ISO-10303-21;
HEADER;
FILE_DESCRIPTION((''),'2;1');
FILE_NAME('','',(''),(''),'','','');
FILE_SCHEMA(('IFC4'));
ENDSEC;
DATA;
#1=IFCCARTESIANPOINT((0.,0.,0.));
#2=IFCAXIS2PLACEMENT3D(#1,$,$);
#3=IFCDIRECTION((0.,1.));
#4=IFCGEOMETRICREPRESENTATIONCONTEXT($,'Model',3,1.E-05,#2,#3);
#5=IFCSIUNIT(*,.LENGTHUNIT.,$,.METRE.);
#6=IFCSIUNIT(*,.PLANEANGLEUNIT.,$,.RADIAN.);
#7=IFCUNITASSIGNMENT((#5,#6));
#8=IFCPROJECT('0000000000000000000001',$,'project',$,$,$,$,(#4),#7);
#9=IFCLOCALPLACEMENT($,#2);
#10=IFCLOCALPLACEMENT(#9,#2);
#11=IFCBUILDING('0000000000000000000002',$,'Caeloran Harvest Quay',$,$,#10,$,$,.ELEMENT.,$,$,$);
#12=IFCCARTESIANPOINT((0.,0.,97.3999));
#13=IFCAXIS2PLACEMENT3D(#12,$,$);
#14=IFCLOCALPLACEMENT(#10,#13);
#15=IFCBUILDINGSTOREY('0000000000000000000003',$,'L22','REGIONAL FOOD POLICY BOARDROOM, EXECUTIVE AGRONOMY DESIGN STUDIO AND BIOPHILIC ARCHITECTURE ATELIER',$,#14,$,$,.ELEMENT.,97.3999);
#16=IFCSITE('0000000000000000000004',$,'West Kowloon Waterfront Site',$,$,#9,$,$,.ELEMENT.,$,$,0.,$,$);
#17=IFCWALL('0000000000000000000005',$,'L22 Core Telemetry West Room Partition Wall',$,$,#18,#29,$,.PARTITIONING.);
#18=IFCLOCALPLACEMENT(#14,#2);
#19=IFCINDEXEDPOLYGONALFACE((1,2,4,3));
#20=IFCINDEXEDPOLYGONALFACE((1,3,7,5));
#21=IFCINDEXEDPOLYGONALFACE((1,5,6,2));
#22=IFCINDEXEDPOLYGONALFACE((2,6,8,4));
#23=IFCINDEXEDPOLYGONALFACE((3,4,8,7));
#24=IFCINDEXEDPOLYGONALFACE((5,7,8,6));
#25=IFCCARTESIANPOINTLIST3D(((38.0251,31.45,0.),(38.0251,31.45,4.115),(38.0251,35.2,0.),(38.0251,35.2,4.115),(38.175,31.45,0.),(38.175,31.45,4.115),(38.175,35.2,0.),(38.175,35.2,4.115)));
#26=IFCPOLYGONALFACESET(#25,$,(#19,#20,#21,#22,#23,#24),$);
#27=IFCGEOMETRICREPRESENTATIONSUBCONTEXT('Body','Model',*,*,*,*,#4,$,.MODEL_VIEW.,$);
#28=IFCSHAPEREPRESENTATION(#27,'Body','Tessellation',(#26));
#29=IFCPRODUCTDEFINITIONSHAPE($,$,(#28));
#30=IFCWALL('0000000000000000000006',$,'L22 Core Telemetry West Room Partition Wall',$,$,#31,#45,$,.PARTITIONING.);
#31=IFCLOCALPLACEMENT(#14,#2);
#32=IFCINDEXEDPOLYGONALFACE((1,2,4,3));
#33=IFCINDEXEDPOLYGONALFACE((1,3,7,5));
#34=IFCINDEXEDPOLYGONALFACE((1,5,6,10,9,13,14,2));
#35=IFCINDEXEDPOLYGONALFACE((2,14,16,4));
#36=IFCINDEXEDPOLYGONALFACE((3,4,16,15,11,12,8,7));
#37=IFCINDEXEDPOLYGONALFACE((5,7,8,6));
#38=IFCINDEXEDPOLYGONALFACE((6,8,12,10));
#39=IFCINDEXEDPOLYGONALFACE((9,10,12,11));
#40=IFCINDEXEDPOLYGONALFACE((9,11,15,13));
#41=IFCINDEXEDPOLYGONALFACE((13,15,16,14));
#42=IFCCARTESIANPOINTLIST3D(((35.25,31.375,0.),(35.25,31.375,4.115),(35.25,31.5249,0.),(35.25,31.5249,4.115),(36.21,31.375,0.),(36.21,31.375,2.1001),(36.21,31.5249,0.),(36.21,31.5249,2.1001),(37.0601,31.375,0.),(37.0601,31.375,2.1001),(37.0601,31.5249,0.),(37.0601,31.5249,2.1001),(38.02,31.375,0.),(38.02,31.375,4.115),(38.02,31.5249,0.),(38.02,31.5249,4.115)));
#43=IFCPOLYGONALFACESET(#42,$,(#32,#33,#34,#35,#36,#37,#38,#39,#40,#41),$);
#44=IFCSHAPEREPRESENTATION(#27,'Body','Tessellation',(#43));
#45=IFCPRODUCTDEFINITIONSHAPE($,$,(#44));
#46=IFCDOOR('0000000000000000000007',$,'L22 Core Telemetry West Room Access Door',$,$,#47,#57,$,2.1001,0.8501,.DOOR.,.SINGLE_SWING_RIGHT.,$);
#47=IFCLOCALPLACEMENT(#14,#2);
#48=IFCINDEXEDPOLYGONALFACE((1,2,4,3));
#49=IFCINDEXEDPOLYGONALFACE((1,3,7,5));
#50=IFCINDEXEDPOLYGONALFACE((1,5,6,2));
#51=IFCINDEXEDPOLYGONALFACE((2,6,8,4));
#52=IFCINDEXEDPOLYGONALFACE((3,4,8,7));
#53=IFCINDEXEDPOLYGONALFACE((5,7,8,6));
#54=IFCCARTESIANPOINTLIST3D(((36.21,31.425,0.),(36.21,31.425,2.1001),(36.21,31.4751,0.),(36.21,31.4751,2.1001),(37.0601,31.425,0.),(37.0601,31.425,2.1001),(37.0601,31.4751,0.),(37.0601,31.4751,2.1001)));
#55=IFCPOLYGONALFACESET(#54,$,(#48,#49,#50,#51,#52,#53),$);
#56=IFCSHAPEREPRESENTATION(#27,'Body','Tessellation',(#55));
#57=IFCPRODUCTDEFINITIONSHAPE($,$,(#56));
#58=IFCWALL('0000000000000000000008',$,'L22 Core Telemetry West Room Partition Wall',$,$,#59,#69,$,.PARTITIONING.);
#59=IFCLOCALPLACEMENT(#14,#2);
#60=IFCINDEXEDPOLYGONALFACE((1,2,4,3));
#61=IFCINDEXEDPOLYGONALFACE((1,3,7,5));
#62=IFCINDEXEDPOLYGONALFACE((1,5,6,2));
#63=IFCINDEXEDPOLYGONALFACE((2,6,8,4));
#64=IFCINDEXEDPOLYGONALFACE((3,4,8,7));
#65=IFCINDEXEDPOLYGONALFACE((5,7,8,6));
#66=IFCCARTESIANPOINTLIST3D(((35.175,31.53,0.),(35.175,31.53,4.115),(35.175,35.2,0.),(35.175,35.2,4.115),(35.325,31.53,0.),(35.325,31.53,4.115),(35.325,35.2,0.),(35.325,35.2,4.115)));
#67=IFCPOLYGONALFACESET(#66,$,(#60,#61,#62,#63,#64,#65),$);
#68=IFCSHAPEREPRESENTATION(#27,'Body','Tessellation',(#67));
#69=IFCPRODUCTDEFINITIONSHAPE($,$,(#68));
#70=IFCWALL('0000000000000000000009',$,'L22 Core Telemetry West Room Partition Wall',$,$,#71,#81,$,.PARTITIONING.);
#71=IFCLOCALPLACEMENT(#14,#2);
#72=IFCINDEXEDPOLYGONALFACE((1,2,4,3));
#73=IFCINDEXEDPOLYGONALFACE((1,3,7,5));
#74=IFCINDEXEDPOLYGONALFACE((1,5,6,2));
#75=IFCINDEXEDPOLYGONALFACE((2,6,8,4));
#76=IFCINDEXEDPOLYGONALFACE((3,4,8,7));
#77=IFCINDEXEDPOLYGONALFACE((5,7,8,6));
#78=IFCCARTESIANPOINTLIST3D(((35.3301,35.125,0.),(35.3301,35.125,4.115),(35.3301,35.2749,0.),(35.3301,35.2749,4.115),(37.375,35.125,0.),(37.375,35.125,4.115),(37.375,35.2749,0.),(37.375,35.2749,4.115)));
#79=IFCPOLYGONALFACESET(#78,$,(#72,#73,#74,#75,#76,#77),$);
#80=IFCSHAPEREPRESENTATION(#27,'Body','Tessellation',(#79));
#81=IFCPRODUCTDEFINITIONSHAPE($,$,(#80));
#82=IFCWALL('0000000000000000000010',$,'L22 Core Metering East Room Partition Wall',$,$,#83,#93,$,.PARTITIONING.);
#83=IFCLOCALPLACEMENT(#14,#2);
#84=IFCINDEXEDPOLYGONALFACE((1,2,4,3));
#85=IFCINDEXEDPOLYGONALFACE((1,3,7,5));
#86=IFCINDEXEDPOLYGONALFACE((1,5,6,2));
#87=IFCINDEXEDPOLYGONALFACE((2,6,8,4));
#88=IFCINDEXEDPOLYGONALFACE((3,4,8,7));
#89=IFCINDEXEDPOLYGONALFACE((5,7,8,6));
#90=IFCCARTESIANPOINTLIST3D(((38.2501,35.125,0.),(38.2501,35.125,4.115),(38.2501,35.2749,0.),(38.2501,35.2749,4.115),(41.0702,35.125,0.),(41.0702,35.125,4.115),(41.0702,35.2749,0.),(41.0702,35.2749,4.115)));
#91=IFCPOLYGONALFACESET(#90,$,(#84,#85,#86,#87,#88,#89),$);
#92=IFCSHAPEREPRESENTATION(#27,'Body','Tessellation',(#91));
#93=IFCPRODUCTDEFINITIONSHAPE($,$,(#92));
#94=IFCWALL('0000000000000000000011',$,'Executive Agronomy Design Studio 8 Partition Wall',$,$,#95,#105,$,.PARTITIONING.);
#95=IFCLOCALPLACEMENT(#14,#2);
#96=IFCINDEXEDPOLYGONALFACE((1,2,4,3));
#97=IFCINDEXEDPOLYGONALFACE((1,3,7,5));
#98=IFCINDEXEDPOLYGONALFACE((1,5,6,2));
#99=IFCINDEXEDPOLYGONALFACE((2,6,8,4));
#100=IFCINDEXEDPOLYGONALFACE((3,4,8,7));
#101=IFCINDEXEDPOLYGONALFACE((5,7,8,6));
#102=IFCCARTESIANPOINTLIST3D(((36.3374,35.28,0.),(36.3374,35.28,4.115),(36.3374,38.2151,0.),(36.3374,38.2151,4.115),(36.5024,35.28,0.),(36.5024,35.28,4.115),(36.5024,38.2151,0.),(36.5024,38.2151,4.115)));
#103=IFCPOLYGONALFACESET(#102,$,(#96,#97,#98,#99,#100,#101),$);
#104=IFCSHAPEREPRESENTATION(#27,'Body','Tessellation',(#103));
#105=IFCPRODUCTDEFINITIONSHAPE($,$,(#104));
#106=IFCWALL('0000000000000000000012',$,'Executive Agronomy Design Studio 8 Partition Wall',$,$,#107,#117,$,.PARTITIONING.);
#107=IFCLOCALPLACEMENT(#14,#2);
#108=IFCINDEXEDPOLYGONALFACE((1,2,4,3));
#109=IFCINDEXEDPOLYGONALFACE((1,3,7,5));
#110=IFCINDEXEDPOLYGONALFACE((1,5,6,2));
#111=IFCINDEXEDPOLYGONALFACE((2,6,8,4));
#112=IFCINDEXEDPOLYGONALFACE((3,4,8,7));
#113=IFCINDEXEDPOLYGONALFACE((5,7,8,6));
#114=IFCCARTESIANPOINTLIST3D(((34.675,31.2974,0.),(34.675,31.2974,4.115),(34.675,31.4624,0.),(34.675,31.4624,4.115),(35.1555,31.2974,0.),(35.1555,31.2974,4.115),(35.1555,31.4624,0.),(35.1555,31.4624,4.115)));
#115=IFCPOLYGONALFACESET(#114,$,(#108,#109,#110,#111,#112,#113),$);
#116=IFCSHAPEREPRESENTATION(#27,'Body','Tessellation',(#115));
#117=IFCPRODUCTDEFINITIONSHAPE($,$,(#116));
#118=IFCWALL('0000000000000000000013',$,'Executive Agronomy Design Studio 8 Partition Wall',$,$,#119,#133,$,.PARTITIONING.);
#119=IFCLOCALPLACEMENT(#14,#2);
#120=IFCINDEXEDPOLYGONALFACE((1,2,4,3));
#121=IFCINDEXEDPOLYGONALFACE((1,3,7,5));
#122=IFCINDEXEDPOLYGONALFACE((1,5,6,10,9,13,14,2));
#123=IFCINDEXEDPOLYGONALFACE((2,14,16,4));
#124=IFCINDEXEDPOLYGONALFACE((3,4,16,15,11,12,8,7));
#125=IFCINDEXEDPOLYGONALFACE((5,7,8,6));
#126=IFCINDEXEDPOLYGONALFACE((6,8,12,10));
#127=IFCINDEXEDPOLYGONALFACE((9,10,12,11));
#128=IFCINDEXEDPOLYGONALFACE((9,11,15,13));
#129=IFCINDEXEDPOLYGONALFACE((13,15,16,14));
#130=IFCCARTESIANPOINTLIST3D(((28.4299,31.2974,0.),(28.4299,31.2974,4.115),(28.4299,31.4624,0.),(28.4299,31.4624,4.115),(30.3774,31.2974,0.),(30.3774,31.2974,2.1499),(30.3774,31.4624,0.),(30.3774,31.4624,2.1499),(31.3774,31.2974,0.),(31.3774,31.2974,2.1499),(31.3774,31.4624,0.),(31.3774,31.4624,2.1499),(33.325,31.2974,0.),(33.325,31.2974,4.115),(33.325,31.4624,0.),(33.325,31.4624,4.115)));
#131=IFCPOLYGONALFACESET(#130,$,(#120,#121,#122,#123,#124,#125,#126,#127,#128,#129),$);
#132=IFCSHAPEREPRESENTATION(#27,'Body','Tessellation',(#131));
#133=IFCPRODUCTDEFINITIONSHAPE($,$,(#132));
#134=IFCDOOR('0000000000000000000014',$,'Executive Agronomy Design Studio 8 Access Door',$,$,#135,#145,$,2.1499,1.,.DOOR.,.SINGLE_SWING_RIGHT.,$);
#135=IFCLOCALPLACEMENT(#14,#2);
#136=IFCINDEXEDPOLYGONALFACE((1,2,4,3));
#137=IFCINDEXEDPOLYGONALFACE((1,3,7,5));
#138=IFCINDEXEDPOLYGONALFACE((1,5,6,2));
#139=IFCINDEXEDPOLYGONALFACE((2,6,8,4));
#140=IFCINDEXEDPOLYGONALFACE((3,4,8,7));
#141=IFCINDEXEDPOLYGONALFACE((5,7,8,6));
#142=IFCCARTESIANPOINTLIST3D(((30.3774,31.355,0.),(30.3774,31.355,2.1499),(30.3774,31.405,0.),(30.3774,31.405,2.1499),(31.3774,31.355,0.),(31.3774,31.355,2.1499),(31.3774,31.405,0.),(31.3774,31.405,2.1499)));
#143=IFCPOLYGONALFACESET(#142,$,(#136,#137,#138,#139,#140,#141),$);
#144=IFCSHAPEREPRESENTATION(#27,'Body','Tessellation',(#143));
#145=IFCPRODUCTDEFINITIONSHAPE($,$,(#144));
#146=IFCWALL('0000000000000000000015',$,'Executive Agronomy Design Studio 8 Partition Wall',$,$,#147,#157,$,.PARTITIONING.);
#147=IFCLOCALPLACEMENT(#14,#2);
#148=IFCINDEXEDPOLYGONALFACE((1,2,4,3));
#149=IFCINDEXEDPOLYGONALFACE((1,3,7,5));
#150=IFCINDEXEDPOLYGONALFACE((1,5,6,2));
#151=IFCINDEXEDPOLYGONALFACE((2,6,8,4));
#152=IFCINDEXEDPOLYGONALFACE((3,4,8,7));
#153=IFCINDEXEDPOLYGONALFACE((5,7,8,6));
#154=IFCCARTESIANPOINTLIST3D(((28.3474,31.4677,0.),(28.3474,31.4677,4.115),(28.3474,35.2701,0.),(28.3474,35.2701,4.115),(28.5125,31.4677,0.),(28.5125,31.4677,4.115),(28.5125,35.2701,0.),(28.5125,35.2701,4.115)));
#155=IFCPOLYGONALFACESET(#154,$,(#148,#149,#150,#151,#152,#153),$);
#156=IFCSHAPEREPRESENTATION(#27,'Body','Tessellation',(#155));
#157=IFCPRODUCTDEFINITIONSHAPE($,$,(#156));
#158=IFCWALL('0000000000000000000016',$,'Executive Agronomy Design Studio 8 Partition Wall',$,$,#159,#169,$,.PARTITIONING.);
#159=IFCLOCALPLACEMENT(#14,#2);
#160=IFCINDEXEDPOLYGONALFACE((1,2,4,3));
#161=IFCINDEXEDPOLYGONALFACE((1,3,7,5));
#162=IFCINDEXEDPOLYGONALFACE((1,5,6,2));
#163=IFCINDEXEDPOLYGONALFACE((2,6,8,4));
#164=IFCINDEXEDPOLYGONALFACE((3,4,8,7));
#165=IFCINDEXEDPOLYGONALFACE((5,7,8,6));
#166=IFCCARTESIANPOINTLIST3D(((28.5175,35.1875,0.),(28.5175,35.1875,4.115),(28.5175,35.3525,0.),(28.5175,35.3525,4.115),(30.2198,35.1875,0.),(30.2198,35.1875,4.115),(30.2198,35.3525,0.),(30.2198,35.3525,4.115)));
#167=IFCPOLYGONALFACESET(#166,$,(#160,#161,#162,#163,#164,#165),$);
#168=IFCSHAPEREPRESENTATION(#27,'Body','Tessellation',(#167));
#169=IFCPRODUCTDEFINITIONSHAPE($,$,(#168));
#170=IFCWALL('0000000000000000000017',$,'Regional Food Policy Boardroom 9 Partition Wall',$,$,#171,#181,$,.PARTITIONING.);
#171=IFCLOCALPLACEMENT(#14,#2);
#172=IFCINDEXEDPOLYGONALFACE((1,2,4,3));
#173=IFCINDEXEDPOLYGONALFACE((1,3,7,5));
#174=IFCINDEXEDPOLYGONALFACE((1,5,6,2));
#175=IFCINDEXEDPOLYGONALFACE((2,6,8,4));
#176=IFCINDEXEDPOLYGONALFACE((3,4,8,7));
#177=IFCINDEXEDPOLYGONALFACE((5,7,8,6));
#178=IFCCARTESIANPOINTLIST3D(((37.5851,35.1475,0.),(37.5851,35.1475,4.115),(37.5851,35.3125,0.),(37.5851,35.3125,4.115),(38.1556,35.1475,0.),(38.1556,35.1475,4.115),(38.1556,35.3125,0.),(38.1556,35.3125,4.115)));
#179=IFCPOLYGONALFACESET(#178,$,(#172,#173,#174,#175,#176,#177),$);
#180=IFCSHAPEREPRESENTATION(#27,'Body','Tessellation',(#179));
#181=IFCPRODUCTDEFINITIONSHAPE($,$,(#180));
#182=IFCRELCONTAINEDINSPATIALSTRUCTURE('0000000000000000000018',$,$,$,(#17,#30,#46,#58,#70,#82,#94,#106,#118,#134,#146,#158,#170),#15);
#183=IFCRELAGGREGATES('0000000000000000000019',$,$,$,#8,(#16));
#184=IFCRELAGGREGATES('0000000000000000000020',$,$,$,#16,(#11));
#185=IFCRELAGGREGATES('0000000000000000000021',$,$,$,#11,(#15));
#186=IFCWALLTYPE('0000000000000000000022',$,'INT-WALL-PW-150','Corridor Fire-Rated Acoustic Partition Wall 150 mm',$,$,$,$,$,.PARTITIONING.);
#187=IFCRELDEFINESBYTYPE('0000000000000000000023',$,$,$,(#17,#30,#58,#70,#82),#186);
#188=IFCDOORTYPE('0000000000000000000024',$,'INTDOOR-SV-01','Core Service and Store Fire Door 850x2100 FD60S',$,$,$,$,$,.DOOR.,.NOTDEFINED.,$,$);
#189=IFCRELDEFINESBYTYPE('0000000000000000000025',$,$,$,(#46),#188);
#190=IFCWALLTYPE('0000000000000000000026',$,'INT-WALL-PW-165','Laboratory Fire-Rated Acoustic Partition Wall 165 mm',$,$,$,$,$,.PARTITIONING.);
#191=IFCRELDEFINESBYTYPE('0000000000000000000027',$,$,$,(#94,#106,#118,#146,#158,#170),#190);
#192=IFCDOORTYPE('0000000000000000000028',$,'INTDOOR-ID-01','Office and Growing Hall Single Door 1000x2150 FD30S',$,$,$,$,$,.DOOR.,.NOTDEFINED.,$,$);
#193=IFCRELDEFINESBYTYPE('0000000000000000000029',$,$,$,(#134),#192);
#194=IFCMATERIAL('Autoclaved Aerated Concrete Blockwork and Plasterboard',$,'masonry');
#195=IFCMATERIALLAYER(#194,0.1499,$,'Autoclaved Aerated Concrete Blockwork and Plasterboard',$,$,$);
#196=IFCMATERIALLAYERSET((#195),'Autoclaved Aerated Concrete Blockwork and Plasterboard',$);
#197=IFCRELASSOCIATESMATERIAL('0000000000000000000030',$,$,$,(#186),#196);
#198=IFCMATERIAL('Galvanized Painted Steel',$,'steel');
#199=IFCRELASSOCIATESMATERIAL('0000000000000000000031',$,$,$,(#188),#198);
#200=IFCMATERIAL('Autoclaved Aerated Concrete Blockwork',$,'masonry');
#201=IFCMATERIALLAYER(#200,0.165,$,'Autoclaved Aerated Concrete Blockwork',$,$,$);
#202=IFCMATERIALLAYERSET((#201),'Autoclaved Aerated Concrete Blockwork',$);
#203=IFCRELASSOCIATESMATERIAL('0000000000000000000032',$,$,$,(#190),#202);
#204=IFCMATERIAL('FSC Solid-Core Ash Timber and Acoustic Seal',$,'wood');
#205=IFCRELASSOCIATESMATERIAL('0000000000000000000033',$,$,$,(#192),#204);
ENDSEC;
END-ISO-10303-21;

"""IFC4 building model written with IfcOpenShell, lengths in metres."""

from ifc_helpers import new_model, si_unit, direction, frame, frame_2d, origin, place, context, subcontext, project, spatial, rectangle, extrude, material, layer, layer_set, type_object, element, fill, save


model = new_model("IFC4")

# Units and contexts
model_context = context("Model", 3, precision=1e-05, world=origin(), true_north=direction((0.0, 1.0)))
body_context = subcontext(model_context, "Body", "Model", "MODEL_VIEW")
ifc_project = project(units=[si_unit("LENGTHUNIT", "METRE"), si_unit("PLANEANGLEUNIT", "RADIAN")], contexts=[model_context])

# Site, building, storey
site_placement = place(None, origin())
site = spatial("IfcSite", under=ifc_project, at=site_placement, Name="West Kowloon Waterfront Site", CompositionType="ELEMENT", RefElevation=0.0)
building_placement = place(site_placement, origin())
building = spatial("IfcBuilding", under=site, at=building_placement, Name="Caeloran Harvest Quay", CompositionType="ELEMENT")
storey_placement = place(building_placement, frame((0.0, 0.0, 97.3999)))
storey = spatial("IfcBuildingStorey", under=building, at=storey_placement, Name="L22", Description="REGIONAL FOOD POLICY BOARDROOM, EXECUTIVE AGRONOMY DESIGN STUDIO AND BIOPHILIC ARCHITECTURE ATELIER", CompositionType="ELEMENT", Elevation=97.3999)

# Wall
ifc_material_1 = material(Name="Autoclaved Aerated Concrete Blockwork and Plasterboard", Category="masonry")
ifc_layer_1 = layer(ifc_material_1, 0.1499, Name="Autoclaved Aerated Concrete Blockwork and Plasterboard")
ifc_layer_set_1 = layer_set([ifc_layer_1], Name="Autoclaved Aerated Concrete Blockwork and Plasterboard")
wall_type_1 = type_object("IfcWallType", Name="INT-WALL-PW-150", Description="Corridor Fire-Rated Acoustic Partition Wall 150 mm", PredefinedType="PARTITIONING", material=ifc_layer_set_1)
wall_1_placement = place(storey_placement, frame((38.1001, 35.2, 0.0), z_axis=(0.0, 0.0, 1.0), x_axis=(0.0, -1.0, 0.0)))
element("IfcWall", 1, at=wall_1_placement, inside=storey, type_object=wall_type_1, Name="L22 Core Telemetry West Room Partition Wall", PredefinedType="PARTITIONING", context=body_context, shape_type="SweptSolid", body=[
    extrude(rectangle(XDim=3.75, YDim=0.1499, at=frame_2d((1.875, 0.0))), origin(), (0.0, 0.0, 1.0), 4.115),
])

# Wall, opening, door
wall_2_placement = place(storey_placement, frame((38.02, 31.45, 0.0), z_axis=(0.0, 0.0, 1.0), x_axis=(-1.0, 0.0, 0.0)))
wall_2 = element("IfcWall", 2, at=wall_2_placement, inside=storey, type_object=wall_type_1, Name="L22 Core Telemetry West Room Partition Wall", PredefinedType="PARTITIONING", context=body_context, shape_type="SweptSolid", body=[
    extrude(rectangle(XDim=2.77, YDim=0.1499, at=frame_2d((1.385, 0.0))), origin(), (0.0, 0.0, 1.0), 4.115),
])
opening_1_placement = place(wall_2_placement, frame((0.96, 0.0, 0.0)))
opening_1 = element("IfcOpeningElement", 3, at=opening_1_placement, cuts=wall_2, PredefinedType="OPENING", context=body_context, shape_type="SweptSolid", body=[
    extrude(rectangle(XDim=0.8501, YDim=2.1001, at=frame_2d((0.425, 1.05))), frame((0.0, 0.085, 0.0), z_axis=(0.0, -1.0, 0.0), x_axis=(1.0, 0.0, 0.0)), (0.0, 0.0, 1.0), 0.1699),
])
ifc_material_2 = material(Name="Galvanized Painted Steel", Category="steel")
door_type_1 = type_object("IfcDoorType", Name="INTDOOR-SV-01", Description="Core Service and Store Fire Door 850x2100 FD60S", OperationType="NOTDEFINED", PredefinedType="DOOR", material=ifc_material_2)
door_1_placement = place(opening_1_placement, origin())
door_1 = element("IfcDoor", 4, at=door_1_placement, inside=storey, type_object=door_type_1, Name="L22 Core Telemetry West Room Access Door", OperationType="SINGLE_SWING_RIGHT", OverallHeight=2.1001, OverallWidth=0.8501, PredefinedType="DOOR", context=body_context, shape_type="SweptSolid", body=[
    extrude(rectangle(XDim=0.8501, YDim=2.1001, at=frame_2d((0.425, 1.05))), frame((0.0, 0.0249, 0.0), z_axis=(0.0, -1.0, 0.0), x_axis=(1.0, 0.0, 0.0)), (0.0, 0.0, 1.0), 0.05),
])
fill(opening_1, door_1)

# Walls
wall_3_placement = place(storey_placement, frame((35.25, 31.53, 0.0), z_axis=(0.0, 0.0, 1.0), x_axis=(0.0, 1.0, 0.0)))
element("IfcWall", 5, at=wall_3_placement, inside=storey, type_object=wall_type_1, Name="L22 Core Telemetry West Room Partition Wall", PredefinedType="PARTITIONING", context=body_context, shape_type="SweptSolid", body=[
    extrude(rectangle(XDim=3.6699, YDim=0.1499, at=frame_2d((1.835, 0.0))), origin(), (0.0, 0.0, 1.0), 4.115),
])
wall_4_placement = place(storey_placement, frame((35.3301, 35.2, 0.0), z_axis=(0.0, 0.0, 1.0), x_axis=(1.0, 0.0, 0.0)))
element("IfcWall", 6, at=wall_4_placement, inside=storey, type_object=wall_type_1, Name="L22 Core Telemetry West Room Partition Wall", PredefinedType="PARTITIONING", context=body_context, shape_type="SweptSolid", body=[
    extrude(rectangle(XDim=2.0449, YDim=0.1499, at=frame_2d((1.0225, 0.0))), origin(), (0.0, 0.0, 1.0), 4.115),
])
wall_5_placement = place(storey_placement, frame((38.25, 35.2, 0.0), z_axis=(0.0, 0.0, 1.0), x_axis=(1.0, 0.0, 0.0)))
element("IfcWall", 7, at=wall_5_placement, inside=storey, type_object=wall_type_1, Name="L22 Core Metering East Room Partition Wall", PredefinedType="PARTITIONING", context=body_context, shape_type="SweptSolid", body=[
    extrude(rectangle(XDim=2.8201, YDim=0.1499, at=frame_2d((1.4102, 0.0))), origin(), (0.0, 0.0, 1.0), 4.115),
])

# Shared definitions
ifc_material_3 = material(Name="Autoclaved Aerated Concrete Blockwork", Category="masonry")
ifc_layer_2 = layer(ifc_material_3, 0.165, Name="Autoclaved Aerated Concrete Blockwork")
ifc_layer_set_2 = layer_set([ifc_layer_2], Name="Autoclaved Aerated Concrete Blockwork")
wall_type_2 = type_object("IfcWallType", Name="INT-WALL-PW-165", Description="Laboratory Fire-Rated Acoustic Partition Wall 165 mm", PredefinedType="PARTITIONING", material=ifc_layer_set_2)
ifc_material_4 = material(Name="FSC Solid-Core Ash Timber and Acoustic Seal", Category="wood")
door_type_2 = type_object("IfcDoorType", Name="INTDOOR-ID-01", Description="Office and Growing Hall Single Door 1000x2150 FD30S", OperationType="NOTDEFINED", PredefinedType="DOOR", material=ifc_material_4)

# Walls
wall_6_placement = place(storey_placement, frame((36.4199, 38.2151, 0.0), z_axis=(0.0, 0.0, 1.0), x_axis=(0.0, -1.0, 0.0)))
element("IfcWall", 8, at=wall_6_placement, inside=storey, type_object=wall_type_2, Name="Executive Agronomy Design Studio 8 Partition Wall", PredefinedType="PARTITIONING", context=body_context, shape_type="SweptSolid", body=[
    extrude(rectangle(XDim=2.9351, YDim=0.165, at=frame_2d((1.4675, 0.0))), origin(), (0.0, 0.0, 1.0), 4.115),
])
wall_7_placement = place(storey_placement, frame((35.1555, 31.3799, 0.0), z_axis=(0.0, 0.0, 1.0), x_axis=(-1.0, 0.0, 0.0)))
element("IfcWall", 9, at=wall_7_placement, inside=storey, type_object=wall_type_2, Name="Executive Agronomy Design Studio 8 Partition Wall", PredefinedType="PARTITIONING", context=body_context, shape_type="SweptSolid", body=[
    extrude(rectangle(XDim=0.4805, YDim=0.165, at=frame_2d((0.2402, 0.0))), origin(), (0.0, 0.0, 1.0), 4.115),
])

# Wall, opening, door
wall_8_placement = place(storey_placement, frame((33.325, 31.3799, 0.0), z_axis=(0.0, 0.0, 1.0), x_axis=(-1.0, 0.0, 0.0)))
wall_8 = element("IfcWall", 10, at=wall_8_placement, inside=storey, type_object=wall_type_2, Name="Executive Agronomy Design Studio 8 Partition Wall", PredefinedType="PARTITIONING", context=body_context, shape_type="SweptSolid", body=[
    extrude(rectangle(XDim=4.895, YDim=0.165, at=frame_2d((2.4475, 0.0))), origin(), (0.0, 0.0, 1.0), 4.115),
])
opening_2_placement = place(wall_8_placement, frame((1.9475, 0.0, 0.0)))
opening_2 = element("IfcOpeningElement", 11, at=opening_2_placement, cuts=wall_8, PredefinedType="OPENING", context=body_context, shape_type="SweptSolid", body=[
    extrude(rectangle(XDim=1.0, YDim=2.1499, at=frame_2d((0.5, 1.075))), frame((0.0, 0.0925, 0.0), z_axis=(0.0, -1.0, 0.0), x_axis=(1.0, 0.0, 0.0)), (0.0, 0.0, 1.0), 0.1851),
])
door_2_placement = place(opening_2_placement, origin())
door_2 = element("IfcDoor", 12, at=door_2_placement, inside=storey, type_object=door_type_2, Name="Executive Agronomy Design Studio 8 Access Door", OperationType="SINGLE_SWING_RIGHT", OverallHeight=2.1499, OverallWidth=1.0, PredefinedType="DOOR", context=body_context, shape_type="SweptSolid", body=[
    extrude(rectangle(XDim=1.0, YDim=2.1499, at=frame_2d((0.5, 1.075))), frame((0.0, 0.0249, 0.0), z_axis=(0.0, -1.0, 0.0), x_axis=(1.0, 0.0, 0.0)), (0.0, 0.0, 1.0), 0.05),
])
fill(opening_2, door_2)

# Walls
wall_9_placement = place(storey_placement, frame((28.4299, 31.4675, 0.0), z_axis=(0.0, 0.0, 1.0), x_axis=(0.0, 1.0, 0.0)))
element("IfcWall", 13, at=wall_9_placement, inside=storey, type_object=wall_type_2, Name="Executive Agronomy Design Studio 8 Partition Wall", PredefinedType="PARTITIONING", context=body_context, shape_type="SweptSolid", body=[
    extrude(rectangle(XDim=3.8025, YDim=0.165, at=frame_2d((1.9014, 0.0))), origin(), (0.0, 0.0, 1.0), 4.115),
])
wall_10_placement = place(storey_placement, frame((28.5176, 35.27, 0.0), z_axis=(0.0, 0.0, 1.0), x_axis=(1.0, 0.0, 0.0)))
element("IfcWall", 14, at=wall_10_placement, inside=storey, type_object=wall_type_2, Name="Executive Agronomy Design Studio 8 Partition Wall", PredefinedType="PARTITIONING", context=body_context, shape_type="SweptSolid", body=[
    extrude(rectangle(XDim=1.7024, YDim=0.165, at=frame_2d((0.8511, 0.0))), origin(), (0.0, 0.0, 1.0), 4.115),
])
wall_11_placement = place(storey_placement, frame((38.1555, 35.23, 0.0), z_axis=(0.0, 0.0, 1.0), x_axis=(-1.0, 0.0, 0.0)))
element("IfcWall", 15, at=wall_11_placement, inside=storey, type_object=wall_type_2, Name="Regional Food Policy Boardroom 9 Partition Wall", PredefinedType="PARTITIONING", context=body_context, shape_type="SweptSolid", body=[
    extrude(rectangle(XDim=0.5706, YDim=0.165, at=frame_2d((0.2852, 0.0))), origin(), (0.0, 0.0, 1.0), 4.115),
])

save(model, "model.ifc")
